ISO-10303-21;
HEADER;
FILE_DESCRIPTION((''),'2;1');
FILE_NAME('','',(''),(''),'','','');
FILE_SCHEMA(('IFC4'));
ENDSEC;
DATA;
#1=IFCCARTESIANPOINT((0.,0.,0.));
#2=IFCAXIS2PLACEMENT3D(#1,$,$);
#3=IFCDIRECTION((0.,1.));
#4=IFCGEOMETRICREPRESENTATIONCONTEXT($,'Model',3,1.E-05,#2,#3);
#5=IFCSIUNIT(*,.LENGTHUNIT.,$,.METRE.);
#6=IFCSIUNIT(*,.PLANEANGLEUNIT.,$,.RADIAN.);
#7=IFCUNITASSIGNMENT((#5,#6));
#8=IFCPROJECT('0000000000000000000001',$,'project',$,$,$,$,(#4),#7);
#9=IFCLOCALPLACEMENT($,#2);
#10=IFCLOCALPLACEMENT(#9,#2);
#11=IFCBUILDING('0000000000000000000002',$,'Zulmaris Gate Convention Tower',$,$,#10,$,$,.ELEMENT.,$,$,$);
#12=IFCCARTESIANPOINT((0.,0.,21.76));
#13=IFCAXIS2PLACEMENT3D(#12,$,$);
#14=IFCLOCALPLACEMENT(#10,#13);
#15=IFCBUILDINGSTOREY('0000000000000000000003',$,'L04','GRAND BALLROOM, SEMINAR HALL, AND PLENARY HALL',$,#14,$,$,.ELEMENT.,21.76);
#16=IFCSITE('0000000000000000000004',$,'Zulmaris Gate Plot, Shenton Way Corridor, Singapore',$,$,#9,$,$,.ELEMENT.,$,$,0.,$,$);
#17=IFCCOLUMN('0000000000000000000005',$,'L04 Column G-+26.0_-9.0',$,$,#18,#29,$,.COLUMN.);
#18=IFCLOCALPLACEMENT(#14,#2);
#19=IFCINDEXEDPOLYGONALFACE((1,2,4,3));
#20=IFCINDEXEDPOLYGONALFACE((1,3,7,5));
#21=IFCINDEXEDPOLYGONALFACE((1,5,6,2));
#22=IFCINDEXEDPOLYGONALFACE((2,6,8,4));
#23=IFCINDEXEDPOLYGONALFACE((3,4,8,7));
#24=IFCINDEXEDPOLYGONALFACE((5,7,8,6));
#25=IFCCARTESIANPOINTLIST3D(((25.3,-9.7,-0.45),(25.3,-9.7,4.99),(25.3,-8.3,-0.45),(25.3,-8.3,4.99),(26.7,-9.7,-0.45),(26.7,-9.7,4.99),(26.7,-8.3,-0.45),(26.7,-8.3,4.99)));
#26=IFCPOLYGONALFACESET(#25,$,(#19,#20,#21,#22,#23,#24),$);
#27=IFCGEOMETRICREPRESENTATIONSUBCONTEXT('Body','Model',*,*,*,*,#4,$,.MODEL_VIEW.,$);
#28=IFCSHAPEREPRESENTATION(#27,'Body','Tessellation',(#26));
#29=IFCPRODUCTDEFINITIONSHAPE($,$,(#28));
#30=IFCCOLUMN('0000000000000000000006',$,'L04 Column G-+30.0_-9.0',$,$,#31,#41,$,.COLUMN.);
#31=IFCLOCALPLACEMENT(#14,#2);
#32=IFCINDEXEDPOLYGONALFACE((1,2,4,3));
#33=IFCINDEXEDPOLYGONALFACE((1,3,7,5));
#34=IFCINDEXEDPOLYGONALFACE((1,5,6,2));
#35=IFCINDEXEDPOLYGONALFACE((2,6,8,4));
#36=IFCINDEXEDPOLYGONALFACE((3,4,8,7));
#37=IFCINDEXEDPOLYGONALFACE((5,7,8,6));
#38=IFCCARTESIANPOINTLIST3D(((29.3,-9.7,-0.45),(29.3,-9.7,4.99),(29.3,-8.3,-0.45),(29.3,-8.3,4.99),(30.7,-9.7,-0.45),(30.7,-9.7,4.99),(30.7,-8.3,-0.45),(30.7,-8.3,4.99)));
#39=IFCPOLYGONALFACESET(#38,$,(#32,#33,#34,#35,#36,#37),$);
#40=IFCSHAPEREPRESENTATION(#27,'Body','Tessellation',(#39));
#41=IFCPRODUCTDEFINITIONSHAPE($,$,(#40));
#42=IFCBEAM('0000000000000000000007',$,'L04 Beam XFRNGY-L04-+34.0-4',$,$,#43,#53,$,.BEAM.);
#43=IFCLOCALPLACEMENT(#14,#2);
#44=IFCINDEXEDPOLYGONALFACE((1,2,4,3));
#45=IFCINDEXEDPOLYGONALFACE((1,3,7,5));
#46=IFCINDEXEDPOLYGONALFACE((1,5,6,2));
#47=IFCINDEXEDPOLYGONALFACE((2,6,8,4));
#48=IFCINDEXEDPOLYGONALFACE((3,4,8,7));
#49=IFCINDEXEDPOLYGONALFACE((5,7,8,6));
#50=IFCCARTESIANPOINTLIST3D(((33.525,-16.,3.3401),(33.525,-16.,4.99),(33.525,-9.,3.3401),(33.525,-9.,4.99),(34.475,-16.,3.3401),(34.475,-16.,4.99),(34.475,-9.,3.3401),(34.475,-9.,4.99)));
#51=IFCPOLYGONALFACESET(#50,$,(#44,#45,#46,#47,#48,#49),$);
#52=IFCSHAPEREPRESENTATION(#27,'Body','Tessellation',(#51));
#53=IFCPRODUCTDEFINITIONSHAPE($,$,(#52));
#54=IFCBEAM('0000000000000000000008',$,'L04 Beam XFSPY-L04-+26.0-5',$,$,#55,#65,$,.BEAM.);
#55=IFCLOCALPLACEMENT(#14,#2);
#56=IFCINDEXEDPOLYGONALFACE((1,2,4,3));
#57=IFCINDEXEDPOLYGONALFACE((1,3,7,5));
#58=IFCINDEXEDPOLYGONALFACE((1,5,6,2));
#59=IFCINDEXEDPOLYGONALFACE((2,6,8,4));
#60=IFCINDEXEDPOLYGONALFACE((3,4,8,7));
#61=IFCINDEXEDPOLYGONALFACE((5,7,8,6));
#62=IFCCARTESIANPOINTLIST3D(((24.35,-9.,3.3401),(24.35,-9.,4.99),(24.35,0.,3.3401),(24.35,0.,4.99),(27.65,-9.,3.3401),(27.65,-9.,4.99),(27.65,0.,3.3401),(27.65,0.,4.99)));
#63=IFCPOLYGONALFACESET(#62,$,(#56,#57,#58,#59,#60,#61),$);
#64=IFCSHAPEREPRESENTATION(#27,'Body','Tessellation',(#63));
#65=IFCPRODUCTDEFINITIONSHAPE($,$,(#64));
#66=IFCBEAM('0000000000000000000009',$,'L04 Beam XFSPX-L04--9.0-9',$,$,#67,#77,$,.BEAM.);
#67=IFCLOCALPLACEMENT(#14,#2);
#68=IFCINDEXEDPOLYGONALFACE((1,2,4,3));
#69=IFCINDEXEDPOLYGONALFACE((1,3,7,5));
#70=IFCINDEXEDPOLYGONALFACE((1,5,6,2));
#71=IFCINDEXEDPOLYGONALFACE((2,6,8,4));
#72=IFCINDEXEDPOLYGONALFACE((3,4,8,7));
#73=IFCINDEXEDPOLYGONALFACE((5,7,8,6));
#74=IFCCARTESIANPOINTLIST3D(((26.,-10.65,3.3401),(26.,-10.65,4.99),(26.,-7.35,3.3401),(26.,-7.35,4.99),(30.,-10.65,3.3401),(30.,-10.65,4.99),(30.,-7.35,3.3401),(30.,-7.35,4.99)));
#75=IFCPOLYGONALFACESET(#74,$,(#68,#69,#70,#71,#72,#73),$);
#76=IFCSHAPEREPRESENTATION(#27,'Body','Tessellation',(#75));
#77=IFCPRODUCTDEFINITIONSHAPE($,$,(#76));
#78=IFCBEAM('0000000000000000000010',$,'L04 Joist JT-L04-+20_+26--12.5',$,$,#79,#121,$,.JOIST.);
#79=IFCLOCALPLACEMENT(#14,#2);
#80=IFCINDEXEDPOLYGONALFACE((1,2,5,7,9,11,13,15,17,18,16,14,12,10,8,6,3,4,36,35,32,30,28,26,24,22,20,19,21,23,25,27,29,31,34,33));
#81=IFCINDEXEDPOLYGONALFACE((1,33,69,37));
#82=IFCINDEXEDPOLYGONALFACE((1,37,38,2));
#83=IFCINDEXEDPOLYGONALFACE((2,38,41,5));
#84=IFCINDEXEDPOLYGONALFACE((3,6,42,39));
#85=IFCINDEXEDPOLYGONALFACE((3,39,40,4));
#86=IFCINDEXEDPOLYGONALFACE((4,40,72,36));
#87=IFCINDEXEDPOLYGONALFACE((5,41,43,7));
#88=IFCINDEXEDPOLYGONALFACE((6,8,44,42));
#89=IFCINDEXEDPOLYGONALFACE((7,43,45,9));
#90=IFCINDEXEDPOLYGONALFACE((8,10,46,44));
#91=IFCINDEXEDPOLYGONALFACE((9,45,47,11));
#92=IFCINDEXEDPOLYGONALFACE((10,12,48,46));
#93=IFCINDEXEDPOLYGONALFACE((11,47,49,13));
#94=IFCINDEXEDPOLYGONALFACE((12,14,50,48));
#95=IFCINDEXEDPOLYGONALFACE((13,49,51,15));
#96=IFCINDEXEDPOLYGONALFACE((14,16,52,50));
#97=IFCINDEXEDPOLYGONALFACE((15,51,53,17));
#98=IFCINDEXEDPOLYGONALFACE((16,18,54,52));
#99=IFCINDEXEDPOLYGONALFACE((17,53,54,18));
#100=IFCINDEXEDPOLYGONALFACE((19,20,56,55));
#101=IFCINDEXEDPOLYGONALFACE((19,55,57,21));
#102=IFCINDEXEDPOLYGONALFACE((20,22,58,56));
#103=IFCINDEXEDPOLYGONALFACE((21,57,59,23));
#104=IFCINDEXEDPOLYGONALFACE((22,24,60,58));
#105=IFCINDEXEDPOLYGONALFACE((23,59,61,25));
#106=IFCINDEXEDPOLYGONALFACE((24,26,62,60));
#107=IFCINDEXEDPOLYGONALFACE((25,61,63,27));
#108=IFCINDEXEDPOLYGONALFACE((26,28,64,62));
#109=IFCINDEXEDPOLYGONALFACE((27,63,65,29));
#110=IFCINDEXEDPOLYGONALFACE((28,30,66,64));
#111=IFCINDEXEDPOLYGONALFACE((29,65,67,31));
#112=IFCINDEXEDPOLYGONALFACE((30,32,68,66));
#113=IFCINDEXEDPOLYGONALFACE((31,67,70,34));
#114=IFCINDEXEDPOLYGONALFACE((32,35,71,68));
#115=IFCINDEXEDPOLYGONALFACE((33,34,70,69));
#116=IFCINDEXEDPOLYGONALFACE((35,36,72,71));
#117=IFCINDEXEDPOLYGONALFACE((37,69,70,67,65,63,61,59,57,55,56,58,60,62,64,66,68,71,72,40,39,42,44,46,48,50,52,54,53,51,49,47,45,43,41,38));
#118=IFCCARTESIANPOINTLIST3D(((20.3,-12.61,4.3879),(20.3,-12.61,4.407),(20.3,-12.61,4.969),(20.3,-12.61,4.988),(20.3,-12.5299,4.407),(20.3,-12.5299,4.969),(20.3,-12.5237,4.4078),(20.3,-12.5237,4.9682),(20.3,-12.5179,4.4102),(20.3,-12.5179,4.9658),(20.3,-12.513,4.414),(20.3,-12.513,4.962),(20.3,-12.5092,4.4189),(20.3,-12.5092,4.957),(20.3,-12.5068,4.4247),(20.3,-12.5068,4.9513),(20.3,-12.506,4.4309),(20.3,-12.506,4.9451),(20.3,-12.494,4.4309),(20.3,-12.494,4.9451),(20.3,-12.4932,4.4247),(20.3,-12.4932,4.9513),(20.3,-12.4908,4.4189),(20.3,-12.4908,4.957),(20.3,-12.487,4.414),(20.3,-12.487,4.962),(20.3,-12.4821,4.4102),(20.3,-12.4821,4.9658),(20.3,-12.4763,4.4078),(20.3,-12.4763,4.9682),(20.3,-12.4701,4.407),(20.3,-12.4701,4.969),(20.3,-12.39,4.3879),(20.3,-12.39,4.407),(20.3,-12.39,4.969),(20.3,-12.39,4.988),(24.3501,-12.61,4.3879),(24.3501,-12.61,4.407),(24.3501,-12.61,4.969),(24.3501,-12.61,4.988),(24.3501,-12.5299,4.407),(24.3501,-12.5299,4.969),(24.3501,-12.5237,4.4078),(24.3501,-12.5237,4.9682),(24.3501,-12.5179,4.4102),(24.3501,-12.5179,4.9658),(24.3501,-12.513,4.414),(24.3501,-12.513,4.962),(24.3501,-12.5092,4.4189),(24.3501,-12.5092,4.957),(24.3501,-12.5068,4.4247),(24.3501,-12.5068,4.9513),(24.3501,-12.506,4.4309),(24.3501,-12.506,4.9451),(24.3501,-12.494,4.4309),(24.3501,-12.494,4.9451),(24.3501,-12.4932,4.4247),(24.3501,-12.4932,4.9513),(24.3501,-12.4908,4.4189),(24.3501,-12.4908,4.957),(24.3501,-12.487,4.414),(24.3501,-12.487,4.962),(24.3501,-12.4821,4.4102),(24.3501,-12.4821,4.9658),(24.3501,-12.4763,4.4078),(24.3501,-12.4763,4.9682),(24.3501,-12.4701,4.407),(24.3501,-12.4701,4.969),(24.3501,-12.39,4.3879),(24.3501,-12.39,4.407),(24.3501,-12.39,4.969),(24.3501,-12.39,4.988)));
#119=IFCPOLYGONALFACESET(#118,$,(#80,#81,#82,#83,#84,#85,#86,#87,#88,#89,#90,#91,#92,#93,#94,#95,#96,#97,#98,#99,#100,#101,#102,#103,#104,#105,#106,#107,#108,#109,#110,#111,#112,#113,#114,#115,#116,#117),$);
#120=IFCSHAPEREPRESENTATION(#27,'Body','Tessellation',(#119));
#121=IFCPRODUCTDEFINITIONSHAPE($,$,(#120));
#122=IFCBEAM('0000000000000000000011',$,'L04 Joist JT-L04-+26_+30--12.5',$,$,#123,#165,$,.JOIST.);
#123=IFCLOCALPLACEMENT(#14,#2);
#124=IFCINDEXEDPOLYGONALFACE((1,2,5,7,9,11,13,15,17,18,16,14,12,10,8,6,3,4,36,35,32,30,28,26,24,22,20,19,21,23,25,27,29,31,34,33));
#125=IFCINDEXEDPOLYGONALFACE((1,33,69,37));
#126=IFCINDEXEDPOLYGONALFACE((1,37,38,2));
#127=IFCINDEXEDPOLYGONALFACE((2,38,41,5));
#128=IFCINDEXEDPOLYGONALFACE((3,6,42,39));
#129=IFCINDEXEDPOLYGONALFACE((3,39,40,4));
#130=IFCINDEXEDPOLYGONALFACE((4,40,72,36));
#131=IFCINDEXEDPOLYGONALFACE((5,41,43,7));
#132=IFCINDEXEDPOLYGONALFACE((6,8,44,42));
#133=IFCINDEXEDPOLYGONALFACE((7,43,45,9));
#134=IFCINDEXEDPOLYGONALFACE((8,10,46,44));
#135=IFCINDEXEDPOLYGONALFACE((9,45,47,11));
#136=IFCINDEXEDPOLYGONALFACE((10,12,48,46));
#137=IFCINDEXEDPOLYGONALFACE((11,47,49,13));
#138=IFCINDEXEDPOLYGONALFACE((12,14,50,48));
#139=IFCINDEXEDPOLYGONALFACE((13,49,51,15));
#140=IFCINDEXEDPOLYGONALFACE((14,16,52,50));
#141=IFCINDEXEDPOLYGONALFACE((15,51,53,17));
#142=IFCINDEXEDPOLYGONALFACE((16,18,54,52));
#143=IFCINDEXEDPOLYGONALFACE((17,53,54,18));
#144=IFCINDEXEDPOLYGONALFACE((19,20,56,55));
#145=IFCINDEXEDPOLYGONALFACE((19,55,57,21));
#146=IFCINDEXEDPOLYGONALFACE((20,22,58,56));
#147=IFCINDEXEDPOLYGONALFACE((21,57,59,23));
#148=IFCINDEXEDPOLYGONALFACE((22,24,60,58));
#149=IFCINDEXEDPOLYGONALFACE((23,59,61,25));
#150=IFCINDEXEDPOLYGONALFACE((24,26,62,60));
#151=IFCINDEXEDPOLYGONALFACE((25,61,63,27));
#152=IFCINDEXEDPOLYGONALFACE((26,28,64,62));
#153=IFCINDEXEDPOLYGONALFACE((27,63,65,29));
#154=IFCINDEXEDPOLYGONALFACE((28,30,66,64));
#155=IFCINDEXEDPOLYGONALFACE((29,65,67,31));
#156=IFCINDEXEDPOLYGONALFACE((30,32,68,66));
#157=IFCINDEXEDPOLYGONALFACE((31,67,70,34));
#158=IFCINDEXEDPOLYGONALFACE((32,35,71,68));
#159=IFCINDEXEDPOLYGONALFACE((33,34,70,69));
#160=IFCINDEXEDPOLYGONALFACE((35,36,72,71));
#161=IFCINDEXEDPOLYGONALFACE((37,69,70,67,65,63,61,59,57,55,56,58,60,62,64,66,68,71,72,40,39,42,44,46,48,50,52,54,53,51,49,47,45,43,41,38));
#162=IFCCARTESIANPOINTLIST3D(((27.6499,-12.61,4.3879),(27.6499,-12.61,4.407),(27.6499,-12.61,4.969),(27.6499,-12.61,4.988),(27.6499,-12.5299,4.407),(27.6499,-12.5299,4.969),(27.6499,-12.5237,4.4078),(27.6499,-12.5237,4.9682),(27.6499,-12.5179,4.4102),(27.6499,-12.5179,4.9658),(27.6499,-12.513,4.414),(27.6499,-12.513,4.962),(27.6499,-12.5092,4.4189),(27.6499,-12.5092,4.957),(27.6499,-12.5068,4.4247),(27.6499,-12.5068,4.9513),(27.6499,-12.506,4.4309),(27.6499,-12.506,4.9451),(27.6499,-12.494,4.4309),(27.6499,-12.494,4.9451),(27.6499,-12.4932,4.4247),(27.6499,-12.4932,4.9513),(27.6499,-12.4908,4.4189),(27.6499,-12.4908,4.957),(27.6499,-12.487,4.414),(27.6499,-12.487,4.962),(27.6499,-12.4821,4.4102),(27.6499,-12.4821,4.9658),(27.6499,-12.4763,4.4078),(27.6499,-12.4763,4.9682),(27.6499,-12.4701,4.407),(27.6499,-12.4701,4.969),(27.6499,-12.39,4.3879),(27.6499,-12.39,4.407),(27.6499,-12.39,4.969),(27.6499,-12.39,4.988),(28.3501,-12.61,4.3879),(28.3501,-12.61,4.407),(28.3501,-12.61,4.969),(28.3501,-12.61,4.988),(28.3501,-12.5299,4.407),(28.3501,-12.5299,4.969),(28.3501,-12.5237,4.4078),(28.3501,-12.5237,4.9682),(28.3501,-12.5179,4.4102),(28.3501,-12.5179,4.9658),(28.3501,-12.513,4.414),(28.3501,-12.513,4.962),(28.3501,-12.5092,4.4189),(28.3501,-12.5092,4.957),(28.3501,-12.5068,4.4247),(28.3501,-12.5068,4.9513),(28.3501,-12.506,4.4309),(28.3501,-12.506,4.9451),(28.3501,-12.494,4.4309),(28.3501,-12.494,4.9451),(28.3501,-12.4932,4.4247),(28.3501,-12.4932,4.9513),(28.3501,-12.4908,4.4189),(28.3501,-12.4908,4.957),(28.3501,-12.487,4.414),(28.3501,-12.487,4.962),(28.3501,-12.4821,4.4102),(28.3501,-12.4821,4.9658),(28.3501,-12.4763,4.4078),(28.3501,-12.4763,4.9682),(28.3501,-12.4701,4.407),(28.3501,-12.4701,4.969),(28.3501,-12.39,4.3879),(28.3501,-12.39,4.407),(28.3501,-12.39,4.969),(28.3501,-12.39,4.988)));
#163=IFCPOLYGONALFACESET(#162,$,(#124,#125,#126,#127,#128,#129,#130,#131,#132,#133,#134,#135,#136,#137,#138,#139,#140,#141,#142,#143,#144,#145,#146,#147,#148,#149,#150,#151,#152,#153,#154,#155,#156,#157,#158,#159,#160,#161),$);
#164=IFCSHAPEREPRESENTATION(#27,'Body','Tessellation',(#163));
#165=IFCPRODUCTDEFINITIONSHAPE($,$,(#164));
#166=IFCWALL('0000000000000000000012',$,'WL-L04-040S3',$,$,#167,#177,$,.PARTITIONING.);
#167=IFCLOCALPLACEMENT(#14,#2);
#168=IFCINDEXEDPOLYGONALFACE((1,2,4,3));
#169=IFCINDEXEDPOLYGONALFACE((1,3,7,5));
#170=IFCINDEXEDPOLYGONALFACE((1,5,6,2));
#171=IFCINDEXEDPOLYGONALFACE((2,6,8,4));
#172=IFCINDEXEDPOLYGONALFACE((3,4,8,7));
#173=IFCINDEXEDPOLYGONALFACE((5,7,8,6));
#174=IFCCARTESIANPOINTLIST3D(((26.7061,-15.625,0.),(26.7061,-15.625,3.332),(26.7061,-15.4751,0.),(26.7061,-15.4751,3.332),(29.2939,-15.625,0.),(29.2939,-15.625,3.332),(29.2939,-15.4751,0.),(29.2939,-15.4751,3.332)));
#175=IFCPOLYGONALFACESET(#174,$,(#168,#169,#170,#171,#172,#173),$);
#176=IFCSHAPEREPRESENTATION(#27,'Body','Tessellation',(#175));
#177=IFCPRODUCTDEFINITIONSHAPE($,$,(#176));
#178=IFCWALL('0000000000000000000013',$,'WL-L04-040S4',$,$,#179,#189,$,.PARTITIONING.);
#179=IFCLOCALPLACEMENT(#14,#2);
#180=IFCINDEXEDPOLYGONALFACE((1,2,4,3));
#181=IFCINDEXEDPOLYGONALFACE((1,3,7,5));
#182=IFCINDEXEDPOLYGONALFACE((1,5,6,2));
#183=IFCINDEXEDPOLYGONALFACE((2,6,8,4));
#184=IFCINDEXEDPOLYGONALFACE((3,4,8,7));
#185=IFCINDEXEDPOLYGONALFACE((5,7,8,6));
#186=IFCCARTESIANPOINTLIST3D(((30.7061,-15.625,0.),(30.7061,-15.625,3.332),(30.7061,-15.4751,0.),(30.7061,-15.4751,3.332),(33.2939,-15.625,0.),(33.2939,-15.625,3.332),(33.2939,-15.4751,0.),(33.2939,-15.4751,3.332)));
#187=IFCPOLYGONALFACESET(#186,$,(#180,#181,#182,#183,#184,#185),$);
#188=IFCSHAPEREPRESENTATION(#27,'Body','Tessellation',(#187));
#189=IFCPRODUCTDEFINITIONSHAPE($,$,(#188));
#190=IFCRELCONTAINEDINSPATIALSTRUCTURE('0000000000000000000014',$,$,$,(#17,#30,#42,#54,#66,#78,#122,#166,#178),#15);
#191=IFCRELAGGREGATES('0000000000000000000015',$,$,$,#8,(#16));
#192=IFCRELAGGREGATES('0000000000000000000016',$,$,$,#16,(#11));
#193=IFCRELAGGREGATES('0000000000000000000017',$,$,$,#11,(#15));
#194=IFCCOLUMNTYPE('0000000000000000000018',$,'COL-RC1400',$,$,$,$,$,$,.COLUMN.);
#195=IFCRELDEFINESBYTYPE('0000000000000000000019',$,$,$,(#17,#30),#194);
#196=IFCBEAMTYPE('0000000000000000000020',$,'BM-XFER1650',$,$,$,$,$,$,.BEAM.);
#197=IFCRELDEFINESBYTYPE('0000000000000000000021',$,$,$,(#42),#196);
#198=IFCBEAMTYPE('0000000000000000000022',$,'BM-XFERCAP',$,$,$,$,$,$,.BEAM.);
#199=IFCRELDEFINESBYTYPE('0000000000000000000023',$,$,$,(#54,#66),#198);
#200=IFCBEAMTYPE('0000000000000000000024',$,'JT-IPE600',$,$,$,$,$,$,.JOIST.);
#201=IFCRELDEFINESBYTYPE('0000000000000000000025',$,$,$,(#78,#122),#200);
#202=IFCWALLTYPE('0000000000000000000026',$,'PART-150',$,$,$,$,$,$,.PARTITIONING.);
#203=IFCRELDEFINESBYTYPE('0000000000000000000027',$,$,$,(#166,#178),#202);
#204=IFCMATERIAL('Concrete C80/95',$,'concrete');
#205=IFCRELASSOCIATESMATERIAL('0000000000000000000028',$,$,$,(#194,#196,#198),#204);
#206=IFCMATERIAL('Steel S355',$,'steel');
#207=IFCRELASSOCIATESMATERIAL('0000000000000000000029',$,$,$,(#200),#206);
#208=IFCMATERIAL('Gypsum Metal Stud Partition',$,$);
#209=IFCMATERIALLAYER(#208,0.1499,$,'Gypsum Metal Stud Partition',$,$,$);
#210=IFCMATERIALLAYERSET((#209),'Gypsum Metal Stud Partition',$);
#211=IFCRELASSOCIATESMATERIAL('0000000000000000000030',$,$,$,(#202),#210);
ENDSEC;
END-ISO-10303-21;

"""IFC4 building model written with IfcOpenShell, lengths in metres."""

from ifc_helpers import new_model, si_unit, direction, frame, frame_2d, origin, origin_2d, place, context, subcontext, project, spatial, rectangle, i_section, extrude, material, layer, layer_set, material_profile, profile_set, type_object, element, save


model = new_model("IFC4")

# Units and contexts
model_context = context("Model", 3, precision=1e-05, world=origin(), true_north=direction((0.0, 1.0)))
body_context = subcontext(model_context, "Body", "Model", "MODEL_VIEW")
ifc_project = project(units=[si_unit("LENGTHUNIT", "METRE"), si_unit("PLANEANGLEUNIT", "RADIAN")], contexts=[model_context])

# Site, building, storey
site_placement = place(None, origin())
site = spatial("IfcSite", under=ifc_project, at=site_placement, Name="Zulmaris Gate Plot, Shenton Way Corridor, Singapore", CompositionType="ELEMENT", RefElevation=0.0)
building_placement = place(site_placement, origin())
building = spatial("IfcBuilding", under=site, at=building_placement, Name="Zulmaris Gate Convention Tower", CompositionType="ELEMENT")
storey_placement = place(building_placement, frame((0.0, 0.0, 21.76)))
storey = spatial("IfcBuildingStorey", under=building, at=storey_placement, Name="L04", Description="GRAND BALLROOM, SEMINAR HALL, AND PLENARY HALL", CompositionType="ELEMENT", Elevation=21.76)

# Columns
ifc_material_1 = material(Name="Concrete C80/95", Category="concrete")
ifc_material_profile_1 = material_profile(ifc_material_1, rectangle(XDim=1.3999, YDim=1.3999, at=origin_2d()), Name="RC COL 1400x1400")
ifc_profile_set_1 = profile_set([ifc_material_profile_1], Name="Concrete C80/95")
column_type = type_object("IfcColumnType", Name="COL-RC1400", PredefinedType="COLUMN", material=ifc_profile_set_1)
for number, where, z_axis, x_axis, name in (
    (1, (26.0, -9.0, -0.45), (0.0, 0.0, 1.0), (1.0, 0.0, 0.0), "L04 Column G-+26.0_-9.0"),
    (2, (30.0, -9.0, -0.45), (0.0, 0.0, 1.0), (1.0, 0.0, 0.0), "L04 Column G-+30.0_-9.0"),
):
    element("IfcColumn", number, at=place(storey_placement, frame(where, z_axis=z_axis, x_axis=x_axis)), inside=storey, type_object=column_type, Name=name, PredefinedType="COLUMN", context=body_context, shape_type="SweptSolid", body=[
        extrude(rectangle(XDim=1.3999, YDim=1.3999, at=origin_2d()), origin(), (0.0, 0.0, 1.0), 5.4399),
    ])

# Beams
ifc_material_profile_2 = material_profile(ifc_material_1, rectangle(XDim=0.95, YDim=1.6499, at=origin_2d()), Name="RC TRANSFER 950x1650")
ifc_profile_set_2 = profile_set([ifc_material_profile_2], Name="Concrete C80/95")
beam_type_1 = type_object("IfcBeamType", Name="BM-XFER1650", PredefinedType="BEAM", material=ifc_profile_set_2)
beam_1_placement = place(storey_placement, frame((34.0, -16.0, 4.165), z_axis=(0.0, 1.0, 0.0), x_axis=(-1.0, 0.0, 0.0)))
element("IfcBeam", 3, at=beam_1_placement, inside=storey, type_object=beam_type_1, Name="L04 Beam XFRNGY-L04-+34.0-4", PredefinedType="BEAM", context=body_context, shape_type="SweptSolid", body=[
    extrude(rectangle(XDim=0.95, YDim=1.6499, at=origin_2d()), origin(), (0.0, 0.0, 1.0), 7.0),
])
ifc_material_profile_3 = material_profile(ifc_material_1, rectangle(XDim=3.3, YDim=1.6499, at=origin_2d()), Name="RC TRANSFER 3300x1650")
ifc_profile_set_3 = profile_set([ifc_material_profile_3], Name="Concrete C80/95")
beam_type_2 = type_object("IfcBeamType", Name="BM-XFERCAP", PredefinedType="BEAM", material=ifc_profile_set_3)
beam_2_placement = place(storey_placement, frame((26.0, -9.0, 4.165), z_axis=(0.0, 1.0, 0.0), x_axis=(-1.0, 0.0, 0.0)))
element("IfcBeam", 4, at=beam_2_placement, inside=storey, type_object=beam_type_2, Name="L04 Beam XFSPY-L04-+26.0-5", PredefinedType="BEAM", context=body_context, shape_type="SweptSolid", body=[
    extrude(rectangle(XDim=3.3, YDim=1.6499, at=origin_2d()), origin(), (0.0, 0.0, 1.0), 9.0),
])
beam_3_placement = place(storey_placement, frame((26.0, -9.0, 4.165), z_axis=(1.0, 0.0, 0.0), x_axis=(0.0, 1.0, 0.0)))
element("IfcBeam", 5, at=beam_3_placement, inside=storey, type_object=beam_type_2, Name="L04 Beam XFSPX-L04--9.0-9", PredefinedType="BEAM", context=body_context, shape_type="SweptSolid", body=[
    extrude(rectangle(XDim=3.3, YDim=1.6499, at=origin_2d()), origin(), (0.0, 0.0, 1.0), 4.0),
])
ifc_material_2 = material(Name="Steel S355", Category="steel")
ifc_material_profile_4 = material_profile(ifc_material_2, i_section(OverallWidth=0.22, OverallDepth=0.6001, WebThickness=0.012, FlangeThickness=0.019, FilletRadius=0.0239, at=origin_2d()), Name="IPE 600")
ifc_profile_set_4 = profile_set([ifc_material_profile_4], Name="Steel S355")
beam_type_3 = type_object("IfcBeamType", Name="JT-IPE600", PredefinedType="JOIST", material=ifc_profile_set_4)
beam_4_placement = place(storey_placement, frame((20.3, -12.5, 4.688), z_axis=(1.0, 0.0, 0.0), x_axis=(0.0, 1.0, 0.0)))
element("IfcBeam", 6, at=beam_4_placement, inside=storey, type_object=beam_type_3, Name="L04 Joist JT-L04-+20_+26--12.5", PredefinedType="JOIST", context=body_context, shape_type="SweptSolid", body=[
    extrude(i_section(OverallWidth=0.22, OverallDepth=0.6001, WebThickness=0.012, FlangeThickness=0.019, FilletRadius=0.0239, at=origin_2d()), origin(), (0.0, 0.0, 1.0), 4.05),
])
beam_5_placement = place(storey_placement, frame((27.6499, -12.5, 4.688), z_axis=(1.0, 0.0, 0.0), x_axis=(0.0, 1.0, 0.0)))
element("IfcBeam", 7, at=beam_5_placement, inside=storey, type_object=beam_type_3, Name="L04 Joist JT-L04-+26_+30--12.5", PredefinedType="JOIST", context=body_context, shape_type="SweptSolid", body=[
    extrude(i_section(OverallWidth=0.22, OverallDepth=0.6001, WebThickness=0.012, FlangeThickness=0.019, FilletRadius=0.0239, at=origin_2d()), origin(), (0.0, 0.0, 1.0), 0.7002),
])

# Shared definitions
ifc_material_3 = material(Name="Gypsum Metal Stud Partition")
ifc_layer_1 = layer(ifc_material_3, 0.1499, Name="Gypsum Metal Stud Partition")
ifc_layer_set_1 = layer_set([ifc_layer_1], Name="Gypsum Metal Stud Partition")
wall_type_1 = type_object("IfcWallType", Name="PART-150", PredefinedType="PARTITIONING", material=ifc_layer_set_1)

# Walls
for number, where, z_axis, x_axis, name in (
    (8, (26.7061, -15.55, 0.0), (0.0, 0.0, 1.0), (1.0, 0.0, 0.0), "WL-L04-040S3"),
    (9, (30.7061, -15.55, 0.0), (0.0, 0.0, 1.0), (1.0, 0.0, 0.0), "WL-L04-040S4"),
):
    element("IfcWall", number, at=place(storey_placement, frame(where, z_axis=z_axis, x_axis=x_axis)), inside=storey, type_object=wall_type_1, Name=name, PredefinedType="PARTITIONING", context=body_context, shape_type="SweptSolid", body=[
        extrude(rectangle(XDim=2.5879, YDim=0.1499, at=frame_2d((1.2939, 0.0))), origin(), (0.0, 0.0, 1.0), 3.332),
    ])

save(model, "model.ifc")
